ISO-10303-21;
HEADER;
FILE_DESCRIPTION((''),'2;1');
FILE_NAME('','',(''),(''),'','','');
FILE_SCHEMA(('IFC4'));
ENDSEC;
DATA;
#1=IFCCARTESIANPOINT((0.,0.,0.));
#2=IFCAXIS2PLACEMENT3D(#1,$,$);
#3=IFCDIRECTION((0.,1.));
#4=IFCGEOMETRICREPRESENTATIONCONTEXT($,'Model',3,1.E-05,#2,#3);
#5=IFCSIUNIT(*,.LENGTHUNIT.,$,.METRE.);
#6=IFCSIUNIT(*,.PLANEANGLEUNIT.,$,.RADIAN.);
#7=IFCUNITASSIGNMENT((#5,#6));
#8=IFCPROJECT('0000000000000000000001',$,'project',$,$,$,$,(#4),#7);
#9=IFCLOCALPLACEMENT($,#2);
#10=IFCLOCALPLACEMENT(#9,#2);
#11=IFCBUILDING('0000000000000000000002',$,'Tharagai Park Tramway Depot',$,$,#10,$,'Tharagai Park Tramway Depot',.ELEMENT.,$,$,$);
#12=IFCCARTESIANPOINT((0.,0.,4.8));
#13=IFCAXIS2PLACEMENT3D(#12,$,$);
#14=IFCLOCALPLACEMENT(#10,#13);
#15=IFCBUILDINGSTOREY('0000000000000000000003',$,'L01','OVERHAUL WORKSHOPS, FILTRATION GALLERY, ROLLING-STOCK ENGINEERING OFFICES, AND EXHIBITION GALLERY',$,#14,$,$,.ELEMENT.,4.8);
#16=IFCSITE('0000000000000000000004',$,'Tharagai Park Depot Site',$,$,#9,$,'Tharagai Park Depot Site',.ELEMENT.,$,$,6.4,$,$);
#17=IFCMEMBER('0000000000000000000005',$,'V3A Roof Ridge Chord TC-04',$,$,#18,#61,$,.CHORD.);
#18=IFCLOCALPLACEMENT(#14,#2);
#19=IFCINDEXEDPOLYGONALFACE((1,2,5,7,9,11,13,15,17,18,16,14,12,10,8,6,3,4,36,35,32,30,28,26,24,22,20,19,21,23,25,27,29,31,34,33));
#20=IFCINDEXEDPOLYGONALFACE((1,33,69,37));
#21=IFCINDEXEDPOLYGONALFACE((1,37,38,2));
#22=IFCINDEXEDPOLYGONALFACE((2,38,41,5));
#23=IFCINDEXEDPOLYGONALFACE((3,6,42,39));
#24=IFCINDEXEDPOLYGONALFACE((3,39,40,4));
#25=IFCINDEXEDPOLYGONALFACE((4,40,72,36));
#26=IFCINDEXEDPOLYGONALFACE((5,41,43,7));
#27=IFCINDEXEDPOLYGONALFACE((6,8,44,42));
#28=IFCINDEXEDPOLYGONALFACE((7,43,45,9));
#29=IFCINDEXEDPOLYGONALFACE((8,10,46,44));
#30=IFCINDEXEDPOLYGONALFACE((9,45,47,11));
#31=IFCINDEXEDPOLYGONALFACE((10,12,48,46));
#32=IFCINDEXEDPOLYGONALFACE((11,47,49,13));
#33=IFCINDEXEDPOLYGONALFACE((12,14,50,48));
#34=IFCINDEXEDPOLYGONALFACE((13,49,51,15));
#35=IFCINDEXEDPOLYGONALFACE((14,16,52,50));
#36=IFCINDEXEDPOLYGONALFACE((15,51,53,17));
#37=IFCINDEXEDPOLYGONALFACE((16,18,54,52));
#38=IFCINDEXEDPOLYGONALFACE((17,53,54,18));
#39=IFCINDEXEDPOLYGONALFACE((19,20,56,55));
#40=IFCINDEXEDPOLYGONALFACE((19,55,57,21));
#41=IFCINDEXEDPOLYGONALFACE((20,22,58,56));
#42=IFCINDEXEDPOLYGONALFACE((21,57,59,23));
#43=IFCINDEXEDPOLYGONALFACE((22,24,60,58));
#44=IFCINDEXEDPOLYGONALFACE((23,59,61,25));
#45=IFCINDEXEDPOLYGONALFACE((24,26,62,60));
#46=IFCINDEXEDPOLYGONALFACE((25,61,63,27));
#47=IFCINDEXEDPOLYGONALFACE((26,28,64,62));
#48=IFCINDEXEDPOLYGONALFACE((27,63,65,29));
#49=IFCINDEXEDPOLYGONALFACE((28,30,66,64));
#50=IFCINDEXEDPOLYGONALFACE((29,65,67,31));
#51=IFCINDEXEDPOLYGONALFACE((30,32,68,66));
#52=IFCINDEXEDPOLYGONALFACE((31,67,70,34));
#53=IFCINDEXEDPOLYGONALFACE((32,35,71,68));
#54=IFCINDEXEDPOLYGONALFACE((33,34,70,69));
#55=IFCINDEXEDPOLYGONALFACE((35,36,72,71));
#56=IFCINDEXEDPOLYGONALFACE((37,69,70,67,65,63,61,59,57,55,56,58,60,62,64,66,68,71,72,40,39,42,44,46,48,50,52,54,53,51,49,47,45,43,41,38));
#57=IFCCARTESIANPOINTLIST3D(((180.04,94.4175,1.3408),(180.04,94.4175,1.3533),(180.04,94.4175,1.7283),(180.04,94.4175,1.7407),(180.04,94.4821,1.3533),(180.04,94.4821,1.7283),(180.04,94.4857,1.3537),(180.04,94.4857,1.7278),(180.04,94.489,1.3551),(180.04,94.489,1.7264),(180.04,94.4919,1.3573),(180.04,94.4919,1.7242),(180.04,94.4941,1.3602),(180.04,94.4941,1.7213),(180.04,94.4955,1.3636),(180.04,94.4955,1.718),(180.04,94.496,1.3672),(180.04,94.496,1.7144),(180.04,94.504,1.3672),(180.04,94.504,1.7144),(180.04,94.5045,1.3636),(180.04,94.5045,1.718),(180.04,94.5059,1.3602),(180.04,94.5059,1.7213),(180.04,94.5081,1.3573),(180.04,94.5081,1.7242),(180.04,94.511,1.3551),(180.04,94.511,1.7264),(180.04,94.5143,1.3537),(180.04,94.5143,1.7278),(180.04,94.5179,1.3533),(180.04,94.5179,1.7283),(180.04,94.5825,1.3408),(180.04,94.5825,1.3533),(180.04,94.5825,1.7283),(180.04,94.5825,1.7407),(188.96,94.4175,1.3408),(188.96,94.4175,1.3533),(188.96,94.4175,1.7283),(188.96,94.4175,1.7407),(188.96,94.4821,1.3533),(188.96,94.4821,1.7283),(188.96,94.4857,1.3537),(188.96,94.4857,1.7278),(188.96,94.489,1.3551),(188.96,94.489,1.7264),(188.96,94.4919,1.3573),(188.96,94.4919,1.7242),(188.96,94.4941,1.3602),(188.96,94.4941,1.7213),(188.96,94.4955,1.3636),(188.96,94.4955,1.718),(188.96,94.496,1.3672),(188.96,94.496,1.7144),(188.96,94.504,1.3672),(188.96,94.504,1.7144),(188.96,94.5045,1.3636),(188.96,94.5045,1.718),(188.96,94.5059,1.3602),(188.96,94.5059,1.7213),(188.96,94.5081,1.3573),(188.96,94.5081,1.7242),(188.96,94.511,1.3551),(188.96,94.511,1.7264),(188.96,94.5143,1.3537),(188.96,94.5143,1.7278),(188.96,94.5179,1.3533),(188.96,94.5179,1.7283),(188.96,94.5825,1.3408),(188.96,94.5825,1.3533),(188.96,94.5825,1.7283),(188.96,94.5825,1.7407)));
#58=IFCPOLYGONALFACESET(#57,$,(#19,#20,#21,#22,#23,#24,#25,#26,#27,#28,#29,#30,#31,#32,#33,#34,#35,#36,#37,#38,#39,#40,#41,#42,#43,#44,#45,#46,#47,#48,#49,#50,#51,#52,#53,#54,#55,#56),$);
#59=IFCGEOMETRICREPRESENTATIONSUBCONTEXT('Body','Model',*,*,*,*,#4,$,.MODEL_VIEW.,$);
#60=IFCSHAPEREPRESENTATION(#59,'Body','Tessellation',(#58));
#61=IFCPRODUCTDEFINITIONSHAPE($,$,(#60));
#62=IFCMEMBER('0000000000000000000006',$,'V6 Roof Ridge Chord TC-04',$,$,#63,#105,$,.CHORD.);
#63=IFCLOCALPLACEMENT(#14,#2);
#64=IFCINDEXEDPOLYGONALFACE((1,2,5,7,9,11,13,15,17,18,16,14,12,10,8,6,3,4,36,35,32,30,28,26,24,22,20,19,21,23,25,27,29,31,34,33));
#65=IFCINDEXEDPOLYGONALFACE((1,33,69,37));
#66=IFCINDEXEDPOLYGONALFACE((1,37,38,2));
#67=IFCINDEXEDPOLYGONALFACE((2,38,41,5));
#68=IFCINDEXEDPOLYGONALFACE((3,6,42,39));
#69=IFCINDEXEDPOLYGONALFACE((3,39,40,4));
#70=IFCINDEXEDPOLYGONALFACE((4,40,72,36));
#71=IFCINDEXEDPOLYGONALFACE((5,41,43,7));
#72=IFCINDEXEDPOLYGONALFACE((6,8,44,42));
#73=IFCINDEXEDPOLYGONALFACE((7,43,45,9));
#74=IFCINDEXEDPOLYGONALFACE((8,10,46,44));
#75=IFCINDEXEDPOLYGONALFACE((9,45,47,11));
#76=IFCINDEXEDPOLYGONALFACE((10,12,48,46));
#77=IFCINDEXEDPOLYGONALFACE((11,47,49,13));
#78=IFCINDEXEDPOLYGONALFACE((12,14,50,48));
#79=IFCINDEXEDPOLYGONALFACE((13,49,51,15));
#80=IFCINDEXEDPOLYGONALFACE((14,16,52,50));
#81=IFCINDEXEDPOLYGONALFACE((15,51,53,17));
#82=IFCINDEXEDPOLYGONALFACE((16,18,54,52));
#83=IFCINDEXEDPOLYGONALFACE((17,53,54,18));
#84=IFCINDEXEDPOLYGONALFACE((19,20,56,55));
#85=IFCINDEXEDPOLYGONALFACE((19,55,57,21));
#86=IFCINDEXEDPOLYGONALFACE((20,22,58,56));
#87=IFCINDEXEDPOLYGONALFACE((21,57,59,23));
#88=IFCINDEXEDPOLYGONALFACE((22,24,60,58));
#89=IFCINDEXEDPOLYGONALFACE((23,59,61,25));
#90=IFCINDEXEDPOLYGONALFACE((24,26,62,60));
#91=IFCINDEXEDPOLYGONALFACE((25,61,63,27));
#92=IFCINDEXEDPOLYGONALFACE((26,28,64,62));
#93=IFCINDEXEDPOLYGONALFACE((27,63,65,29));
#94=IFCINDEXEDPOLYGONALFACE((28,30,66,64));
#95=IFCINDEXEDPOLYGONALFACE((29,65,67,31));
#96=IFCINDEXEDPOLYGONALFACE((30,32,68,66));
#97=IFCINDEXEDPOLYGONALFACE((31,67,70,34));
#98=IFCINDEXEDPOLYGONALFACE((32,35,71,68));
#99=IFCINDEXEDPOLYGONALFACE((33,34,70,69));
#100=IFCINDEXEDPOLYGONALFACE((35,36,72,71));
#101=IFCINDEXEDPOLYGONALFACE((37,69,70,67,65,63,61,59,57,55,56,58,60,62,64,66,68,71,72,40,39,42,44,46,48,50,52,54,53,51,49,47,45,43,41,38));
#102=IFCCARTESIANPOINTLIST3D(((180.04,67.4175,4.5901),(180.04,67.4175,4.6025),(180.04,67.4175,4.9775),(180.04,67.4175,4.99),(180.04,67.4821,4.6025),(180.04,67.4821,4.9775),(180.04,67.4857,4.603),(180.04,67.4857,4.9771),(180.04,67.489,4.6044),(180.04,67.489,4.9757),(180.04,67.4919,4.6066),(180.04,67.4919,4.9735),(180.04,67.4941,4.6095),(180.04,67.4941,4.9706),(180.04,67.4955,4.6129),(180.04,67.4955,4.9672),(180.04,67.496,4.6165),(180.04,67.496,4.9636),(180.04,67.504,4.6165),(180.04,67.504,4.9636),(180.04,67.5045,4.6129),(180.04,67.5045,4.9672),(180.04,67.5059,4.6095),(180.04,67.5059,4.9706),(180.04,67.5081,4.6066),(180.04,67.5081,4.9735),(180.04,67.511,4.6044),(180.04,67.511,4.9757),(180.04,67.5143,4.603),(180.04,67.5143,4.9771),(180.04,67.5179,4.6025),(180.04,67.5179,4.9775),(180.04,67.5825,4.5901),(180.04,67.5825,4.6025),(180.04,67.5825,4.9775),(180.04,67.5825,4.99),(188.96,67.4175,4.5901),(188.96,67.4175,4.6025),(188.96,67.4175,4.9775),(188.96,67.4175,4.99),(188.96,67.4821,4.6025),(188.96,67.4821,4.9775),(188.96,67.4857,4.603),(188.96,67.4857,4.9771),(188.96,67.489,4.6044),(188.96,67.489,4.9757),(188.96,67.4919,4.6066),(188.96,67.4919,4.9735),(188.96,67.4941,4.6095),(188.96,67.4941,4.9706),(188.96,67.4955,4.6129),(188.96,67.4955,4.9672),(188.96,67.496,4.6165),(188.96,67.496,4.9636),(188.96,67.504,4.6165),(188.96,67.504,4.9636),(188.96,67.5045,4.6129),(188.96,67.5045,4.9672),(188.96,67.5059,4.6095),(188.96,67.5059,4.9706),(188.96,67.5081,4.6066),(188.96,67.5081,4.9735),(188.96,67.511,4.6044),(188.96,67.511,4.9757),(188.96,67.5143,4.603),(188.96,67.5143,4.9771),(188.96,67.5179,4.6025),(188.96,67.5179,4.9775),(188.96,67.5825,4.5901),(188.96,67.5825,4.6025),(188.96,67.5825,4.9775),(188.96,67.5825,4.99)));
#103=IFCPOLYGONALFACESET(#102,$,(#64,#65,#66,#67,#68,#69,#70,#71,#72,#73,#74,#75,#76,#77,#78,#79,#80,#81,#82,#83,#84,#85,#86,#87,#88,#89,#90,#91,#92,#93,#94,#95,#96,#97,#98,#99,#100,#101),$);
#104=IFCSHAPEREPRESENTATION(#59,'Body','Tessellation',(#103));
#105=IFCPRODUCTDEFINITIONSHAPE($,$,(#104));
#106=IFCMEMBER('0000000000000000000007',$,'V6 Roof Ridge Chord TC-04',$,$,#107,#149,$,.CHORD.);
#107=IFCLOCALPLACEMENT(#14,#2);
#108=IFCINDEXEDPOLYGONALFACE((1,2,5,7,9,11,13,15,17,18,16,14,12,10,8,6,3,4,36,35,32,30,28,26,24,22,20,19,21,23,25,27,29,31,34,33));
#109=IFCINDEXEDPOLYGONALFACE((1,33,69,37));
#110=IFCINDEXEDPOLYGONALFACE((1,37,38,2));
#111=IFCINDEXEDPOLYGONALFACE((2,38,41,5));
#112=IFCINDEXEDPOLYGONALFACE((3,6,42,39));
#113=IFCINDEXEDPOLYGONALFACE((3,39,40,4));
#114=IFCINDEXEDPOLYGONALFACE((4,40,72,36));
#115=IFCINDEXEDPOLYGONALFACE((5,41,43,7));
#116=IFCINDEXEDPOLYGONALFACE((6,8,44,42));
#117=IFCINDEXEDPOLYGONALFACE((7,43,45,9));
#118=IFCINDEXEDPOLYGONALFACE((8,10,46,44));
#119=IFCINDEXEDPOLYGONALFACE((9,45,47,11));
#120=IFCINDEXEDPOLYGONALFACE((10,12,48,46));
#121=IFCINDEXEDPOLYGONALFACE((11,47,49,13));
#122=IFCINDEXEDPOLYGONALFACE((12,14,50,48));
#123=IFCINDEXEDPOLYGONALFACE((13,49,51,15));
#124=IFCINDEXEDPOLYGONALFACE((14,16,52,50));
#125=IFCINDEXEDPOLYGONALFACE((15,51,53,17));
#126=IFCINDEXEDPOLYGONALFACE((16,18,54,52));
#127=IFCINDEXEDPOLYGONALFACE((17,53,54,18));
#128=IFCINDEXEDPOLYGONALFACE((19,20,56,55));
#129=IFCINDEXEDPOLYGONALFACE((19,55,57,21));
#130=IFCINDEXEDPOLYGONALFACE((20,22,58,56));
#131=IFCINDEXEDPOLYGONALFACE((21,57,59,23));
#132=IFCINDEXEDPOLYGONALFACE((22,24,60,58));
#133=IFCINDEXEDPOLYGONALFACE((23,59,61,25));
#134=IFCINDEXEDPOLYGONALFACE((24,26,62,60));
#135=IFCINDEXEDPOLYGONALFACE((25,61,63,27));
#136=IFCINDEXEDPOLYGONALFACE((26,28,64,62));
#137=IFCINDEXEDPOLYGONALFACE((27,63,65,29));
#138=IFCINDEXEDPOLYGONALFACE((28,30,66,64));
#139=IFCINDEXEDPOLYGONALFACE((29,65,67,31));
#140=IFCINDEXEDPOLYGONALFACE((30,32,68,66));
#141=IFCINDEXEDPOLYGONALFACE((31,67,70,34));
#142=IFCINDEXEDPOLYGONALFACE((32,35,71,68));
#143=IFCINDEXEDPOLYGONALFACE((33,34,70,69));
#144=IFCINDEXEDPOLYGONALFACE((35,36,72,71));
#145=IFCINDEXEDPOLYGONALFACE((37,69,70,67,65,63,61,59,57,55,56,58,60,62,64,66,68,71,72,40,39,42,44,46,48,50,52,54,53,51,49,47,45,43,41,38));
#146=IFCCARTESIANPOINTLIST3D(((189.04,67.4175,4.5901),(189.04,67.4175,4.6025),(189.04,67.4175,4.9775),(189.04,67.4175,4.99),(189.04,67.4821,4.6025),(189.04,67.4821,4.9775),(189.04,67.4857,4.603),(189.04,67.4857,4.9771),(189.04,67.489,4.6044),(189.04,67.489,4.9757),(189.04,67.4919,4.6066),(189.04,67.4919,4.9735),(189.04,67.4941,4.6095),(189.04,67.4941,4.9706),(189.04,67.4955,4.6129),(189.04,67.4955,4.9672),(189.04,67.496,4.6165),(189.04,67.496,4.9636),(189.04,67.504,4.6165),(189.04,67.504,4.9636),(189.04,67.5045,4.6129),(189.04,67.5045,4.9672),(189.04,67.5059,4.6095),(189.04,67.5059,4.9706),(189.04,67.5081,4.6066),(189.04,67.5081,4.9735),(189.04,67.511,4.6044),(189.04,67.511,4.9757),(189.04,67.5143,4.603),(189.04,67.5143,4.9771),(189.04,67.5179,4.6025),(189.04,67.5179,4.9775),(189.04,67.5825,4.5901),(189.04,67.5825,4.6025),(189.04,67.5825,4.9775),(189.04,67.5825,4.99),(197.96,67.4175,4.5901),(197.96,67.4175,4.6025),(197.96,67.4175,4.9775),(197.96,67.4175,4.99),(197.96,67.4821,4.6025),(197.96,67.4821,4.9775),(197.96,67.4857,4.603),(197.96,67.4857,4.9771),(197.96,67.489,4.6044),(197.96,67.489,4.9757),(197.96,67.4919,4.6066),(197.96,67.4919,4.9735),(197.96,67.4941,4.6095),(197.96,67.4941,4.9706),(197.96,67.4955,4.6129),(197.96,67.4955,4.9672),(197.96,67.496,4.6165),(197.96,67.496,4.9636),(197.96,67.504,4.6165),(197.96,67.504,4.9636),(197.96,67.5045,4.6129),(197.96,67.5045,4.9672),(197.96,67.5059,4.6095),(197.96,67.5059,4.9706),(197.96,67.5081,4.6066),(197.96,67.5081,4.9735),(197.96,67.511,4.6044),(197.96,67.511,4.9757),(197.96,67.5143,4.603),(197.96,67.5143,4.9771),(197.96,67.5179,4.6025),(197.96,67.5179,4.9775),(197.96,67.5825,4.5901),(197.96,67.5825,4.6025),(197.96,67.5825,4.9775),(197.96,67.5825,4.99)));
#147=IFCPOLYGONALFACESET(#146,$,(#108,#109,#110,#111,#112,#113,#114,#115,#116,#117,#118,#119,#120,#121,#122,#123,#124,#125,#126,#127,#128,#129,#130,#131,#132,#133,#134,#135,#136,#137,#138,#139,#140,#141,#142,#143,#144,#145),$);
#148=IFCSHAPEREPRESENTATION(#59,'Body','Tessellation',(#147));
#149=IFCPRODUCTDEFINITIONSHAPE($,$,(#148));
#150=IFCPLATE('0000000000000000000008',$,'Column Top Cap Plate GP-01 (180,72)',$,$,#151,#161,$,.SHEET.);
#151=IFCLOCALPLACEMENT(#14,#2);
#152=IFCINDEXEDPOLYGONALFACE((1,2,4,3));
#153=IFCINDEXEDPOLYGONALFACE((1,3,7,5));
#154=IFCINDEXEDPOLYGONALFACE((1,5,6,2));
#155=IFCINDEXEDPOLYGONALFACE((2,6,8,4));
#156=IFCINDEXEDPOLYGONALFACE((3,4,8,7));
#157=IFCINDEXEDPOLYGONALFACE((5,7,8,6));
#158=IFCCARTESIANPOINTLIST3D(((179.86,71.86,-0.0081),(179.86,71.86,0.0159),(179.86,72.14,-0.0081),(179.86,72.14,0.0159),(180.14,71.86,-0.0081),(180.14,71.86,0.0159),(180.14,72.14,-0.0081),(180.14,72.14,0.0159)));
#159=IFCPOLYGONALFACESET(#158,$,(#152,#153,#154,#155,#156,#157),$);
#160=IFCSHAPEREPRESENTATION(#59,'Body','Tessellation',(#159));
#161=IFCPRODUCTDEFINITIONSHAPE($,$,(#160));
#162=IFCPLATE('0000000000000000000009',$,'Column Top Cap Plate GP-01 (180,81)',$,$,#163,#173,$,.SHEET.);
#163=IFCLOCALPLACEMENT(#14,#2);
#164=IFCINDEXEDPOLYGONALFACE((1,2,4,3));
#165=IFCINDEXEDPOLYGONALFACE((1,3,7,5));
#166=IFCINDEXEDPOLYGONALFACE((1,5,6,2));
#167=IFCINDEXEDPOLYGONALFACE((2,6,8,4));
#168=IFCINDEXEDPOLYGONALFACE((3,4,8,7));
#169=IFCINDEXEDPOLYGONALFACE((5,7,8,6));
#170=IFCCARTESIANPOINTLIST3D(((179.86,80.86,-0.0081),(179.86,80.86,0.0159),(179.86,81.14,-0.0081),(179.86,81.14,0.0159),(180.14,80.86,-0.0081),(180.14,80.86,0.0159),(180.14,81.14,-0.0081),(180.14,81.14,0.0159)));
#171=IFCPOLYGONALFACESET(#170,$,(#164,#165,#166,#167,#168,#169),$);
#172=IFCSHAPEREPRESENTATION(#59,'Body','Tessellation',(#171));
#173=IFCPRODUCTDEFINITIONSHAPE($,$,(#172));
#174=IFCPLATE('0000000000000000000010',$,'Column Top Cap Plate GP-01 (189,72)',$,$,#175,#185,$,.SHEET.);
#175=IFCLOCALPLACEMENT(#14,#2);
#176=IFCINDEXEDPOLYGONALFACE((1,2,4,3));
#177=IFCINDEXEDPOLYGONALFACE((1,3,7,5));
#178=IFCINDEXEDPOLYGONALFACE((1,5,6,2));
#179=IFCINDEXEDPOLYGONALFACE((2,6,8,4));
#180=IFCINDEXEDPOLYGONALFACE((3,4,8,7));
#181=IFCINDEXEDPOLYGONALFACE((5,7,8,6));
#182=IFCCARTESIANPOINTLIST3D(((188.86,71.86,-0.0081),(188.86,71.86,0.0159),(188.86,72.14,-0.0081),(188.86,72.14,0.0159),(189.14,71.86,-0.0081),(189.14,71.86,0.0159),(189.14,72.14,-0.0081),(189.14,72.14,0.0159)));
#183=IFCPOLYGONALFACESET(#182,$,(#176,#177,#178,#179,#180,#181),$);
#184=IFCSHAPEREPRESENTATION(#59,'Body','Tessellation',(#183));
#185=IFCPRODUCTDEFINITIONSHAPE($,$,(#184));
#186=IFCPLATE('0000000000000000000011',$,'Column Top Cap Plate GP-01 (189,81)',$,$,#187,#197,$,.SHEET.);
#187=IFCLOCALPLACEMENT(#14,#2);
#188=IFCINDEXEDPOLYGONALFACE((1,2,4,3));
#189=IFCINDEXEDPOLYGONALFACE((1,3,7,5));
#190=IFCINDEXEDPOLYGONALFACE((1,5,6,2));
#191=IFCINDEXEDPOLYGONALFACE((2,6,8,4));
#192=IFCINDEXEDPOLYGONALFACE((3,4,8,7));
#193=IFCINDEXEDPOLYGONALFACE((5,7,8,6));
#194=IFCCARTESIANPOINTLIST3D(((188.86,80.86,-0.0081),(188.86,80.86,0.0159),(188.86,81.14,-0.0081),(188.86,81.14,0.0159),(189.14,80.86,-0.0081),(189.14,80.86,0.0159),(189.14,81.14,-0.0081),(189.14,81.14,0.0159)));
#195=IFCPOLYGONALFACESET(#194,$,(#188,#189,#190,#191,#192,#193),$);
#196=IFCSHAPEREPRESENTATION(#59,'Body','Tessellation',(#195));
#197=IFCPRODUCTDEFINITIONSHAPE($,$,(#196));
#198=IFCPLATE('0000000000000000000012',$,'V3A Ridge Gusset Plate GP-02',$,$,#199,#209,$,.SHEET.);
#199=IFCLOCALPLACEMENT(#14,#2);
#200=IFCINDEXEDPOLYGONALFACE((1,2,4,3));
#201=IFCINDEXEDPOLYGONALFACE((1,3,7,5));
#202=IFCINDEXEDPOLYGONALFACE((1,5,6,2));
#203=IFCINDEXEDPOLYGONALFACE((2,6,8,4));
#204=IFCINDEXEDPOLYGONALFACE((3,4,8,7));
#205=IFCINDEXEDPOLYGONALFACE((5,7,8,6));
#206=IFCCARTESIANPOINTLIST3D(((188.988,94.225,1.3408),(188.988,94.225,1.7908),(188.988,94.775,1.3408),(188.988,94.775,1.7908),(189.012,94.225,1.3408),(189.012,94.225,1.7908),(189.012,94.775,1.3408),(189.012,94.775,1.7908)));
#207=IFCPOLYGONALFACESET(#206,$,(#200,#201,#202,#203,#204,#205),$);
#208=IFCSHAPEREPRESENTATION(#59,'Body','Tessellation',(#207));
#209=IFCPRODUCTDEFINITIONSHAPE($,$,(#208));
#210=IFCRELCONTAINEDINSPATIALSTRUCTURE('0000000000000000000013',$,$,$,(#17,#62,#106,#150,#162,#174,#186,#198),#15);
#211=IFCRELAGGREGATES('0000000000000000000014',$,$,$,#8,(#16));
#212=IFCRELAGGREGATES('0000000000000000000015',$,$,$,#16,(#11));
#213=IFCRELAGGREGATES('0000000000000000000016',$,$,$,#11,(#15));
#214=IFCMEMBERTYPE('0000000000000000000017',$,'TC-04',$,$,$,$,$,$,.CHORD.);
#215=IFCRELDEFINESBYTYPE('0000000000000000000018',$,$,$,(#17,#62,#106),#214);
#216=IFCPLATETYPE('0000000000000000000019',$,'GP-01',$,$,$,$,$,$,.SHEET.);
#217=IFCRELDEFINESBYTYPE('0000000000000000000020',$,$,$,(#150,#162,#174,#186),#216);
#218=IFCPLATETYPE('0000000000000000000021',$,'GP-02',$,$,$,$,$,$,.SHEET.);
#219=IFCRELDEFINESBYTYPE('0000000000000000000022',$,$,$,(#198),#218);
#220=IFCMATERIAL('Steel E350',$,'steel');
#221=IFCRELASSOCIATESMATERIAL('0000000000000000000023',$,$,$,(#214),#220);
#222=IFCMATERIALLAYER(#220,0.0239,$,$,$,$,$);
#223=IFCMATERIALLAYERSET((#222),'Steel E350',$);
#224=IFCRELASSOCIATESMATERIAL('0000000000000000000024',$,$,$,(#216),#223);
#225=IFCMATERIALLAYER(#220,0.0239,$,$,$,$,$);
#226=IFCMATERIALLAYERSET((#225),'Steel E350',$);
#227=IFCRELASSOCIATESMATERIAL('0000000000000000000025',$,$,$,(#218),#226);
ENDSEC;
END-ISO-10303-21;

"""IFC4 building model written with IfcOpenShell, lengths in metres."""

from ifc_helpers import new_model, si_unit, direction, frame, origin, origin_2d, place, context, subcontext, project, spatial, rectangle, i_section, extrude, material, layer, layer_set, material_profile, profile_set, type_object, element, save


model = new_model("IFC4")

# Units and contexts
model_context = context("Model", 3, precision=1e-05, world=origin(), true_north=direction((0.0, 1.0)))
body_context = subcontext(model_context, "Body", "Model", "MODEL_VIEW")
ifc_project = project(units=[si_unit("LENGTHUNIT", "METRE"), si_unit("PLANEANGLEUNIT", "RADIAN")], contexts=[model_context])

# Site, building, storey
site_placement = place(None, origin())
site = spatial("IfcSite", under=ifc_project, at=site_placement, Name="Tharagai Park Depot Site", LongName="Tharagai Park Depot Site", CompositionType="ELEMENT", RefElevation=6.4)
building_placement = place(site_placement, origin())
building = spatial("IfcBuilding", under=site, at=building_placement, Name="Tharagai Park Tramway Depot", LongName="Tharagai Park Tramway Depot", CompositionType="ELEMENT")
storey_placement = place(building_placement, frame((0.0, 0.0, 4.8)))
storey = spatial("IfcBuildingStorey", under=building, at=storey_placement, Name="L01", Description="OVERHAUL WORKSHOPS, FILTRATION GALLERY, ROLLING-STOCK ENGINEERING OFFICES, AND EXHIBITION GALLERY", CompositionType="ELEMENT", Elevation=4.8)

# Shared definitions
ifc_material_1 = material(Name="Steel E350", Category="steel")

# Members
ifc_material_profile_1 = material_profile(ifc_material_1, i_section(OverallWidth=0.165, OverallDepth=0.3999, WebThickness=0.0081, FlangeThickness=0.0125, FilletRadius=0.0139, at=origin_2d()), Name="ISLB 400")
ifc_profile_set_1 = profile_set([ifc_material_profile_1], Name="Steel E350")
member_type_1 = type_object("IfcMemberType", Name="TC-04", PredefinedType="CHORD", material=ifc_profile_set_1)
for number, where, z_axis, x_axis, name in (
    (1, (180.04, 94.5, 1.5408), (1.0, 0.0, 0.0), (0.0, 1.0, 0.0), "V3A Roof Ridge Chord TC-04"),
    (2, (180.04, 67.5, 4.79), (1.0, 0.0, 0.0), (0.0, 1.0, 0.0), "V6 Roof Ridge Chord TC-04"),
    (3, (189.04, 67.5, 4.79), (1.0, 0.0, 0.0), (0.0, 1.0, 0.0), "V6 Roof Ridge Chord TC-04"),
):
    element("IfcMember", number, at=place(storey_placement, frame(where, z_axis=z_axis, x_axis=x_axis)), inside=storey, type_object=member_type_1, Name=name, PredefinedType="CHORD", context=body_context, shape_type="SweptSolid", body=[
        extrude(i_section(OverallWidth=0.165, OverallDepth=0.3999, WebThickness=0.0081, FlangeThickness=0.0125, FilletRadius=0.0139, at=origin_2d()), origin(), (0.0, 0.0, 1.0), 8.9199),
    ])

# Plates
ifc_layer_1 = layer(ifc_material_1, 0.0239)
ifc_layer_set_1 = layer_set([ifc_layer_1], Name="Steel E350")
plate_type_1 = type_object("IfcPlateType", Name="GP-01", PredefinedType="SHEET", material=ifc_layer_set_1)
for number, where, z_axis, x_axis, name in (
    (4, (180.0, 72.0, -0.0081), (0.0, 0.0, 1.0), (1.0, 0.0, 0.0), "Column Top Cap Plate GP-01 (180,72)"),
    (5, (180.0, 81.0, -0.0081), (0.0, 0.0, 1.0), (1.0, 0.0, 0.0), "Column Top Cap Plate GP-01 (180,81)"),
    (6, (189.0, 72.0, -0.0081), (0.0, 0.0, 1.0), (1.0, 0.0, 0.0), "Column Top Cap Plate GP-01 (189,72)"),
    (7, (189.0, 81.0, -0.0081), (0.0, 0.0, 1.0), (1.0, 0.0, 0.0), "Column Top Cap Plate GP-01 (189,81)"),
):
    element("IfcPlate", number, at=place(storey_placement, frame(where, z_axis=z_axis, x_axis=x_axis)), inside=storey, type_object=plate_type_1, Name=name, PredefinedType="SHEET", context=body_context, shape_type="SweptSolid", body=[
        extrude(rectangle(XDim=0.28, YDim=0.28, at=origin_2d()), origin(), (0.0, 0.0, 1.0), 0.0239),
    ])
ifc_layer_2 = layer(ifc_material_1, 0.0239)
ifc_layer_set_2 = layer_set([ifc_layer_2], Name="Steel E350")
plate_type_2 = type_object("IfcPlateType", Name="GP-02", PredefinedType="SHEET", material=ifc_layer_set_2)
for number, where, z_axis, x_axis, name in (
    (8, (189.0, 94.5, 1.3408), (0.0, 0.0, 1.0), (1.0, 0.0, 0.0), "V3A Ridge Gusset Plate GP-02"),
):
    element("IfcPlate", number, at=place(storey_placement, frame(where, z_axis=z_axis, x_axis=x_axis)), inside=storey, type_object=plate_type_2, Name=name, PredefinedType="SHEET", context=body_context, shape_type="SweptSolid", body=[
        extrude(rectangle(XDim=0.0239, YDim=0.55, at=origin_2d()), origin(), (0.0, 0.0, 1.0), 0.45),
    ])

save(model, "model.ifc")
